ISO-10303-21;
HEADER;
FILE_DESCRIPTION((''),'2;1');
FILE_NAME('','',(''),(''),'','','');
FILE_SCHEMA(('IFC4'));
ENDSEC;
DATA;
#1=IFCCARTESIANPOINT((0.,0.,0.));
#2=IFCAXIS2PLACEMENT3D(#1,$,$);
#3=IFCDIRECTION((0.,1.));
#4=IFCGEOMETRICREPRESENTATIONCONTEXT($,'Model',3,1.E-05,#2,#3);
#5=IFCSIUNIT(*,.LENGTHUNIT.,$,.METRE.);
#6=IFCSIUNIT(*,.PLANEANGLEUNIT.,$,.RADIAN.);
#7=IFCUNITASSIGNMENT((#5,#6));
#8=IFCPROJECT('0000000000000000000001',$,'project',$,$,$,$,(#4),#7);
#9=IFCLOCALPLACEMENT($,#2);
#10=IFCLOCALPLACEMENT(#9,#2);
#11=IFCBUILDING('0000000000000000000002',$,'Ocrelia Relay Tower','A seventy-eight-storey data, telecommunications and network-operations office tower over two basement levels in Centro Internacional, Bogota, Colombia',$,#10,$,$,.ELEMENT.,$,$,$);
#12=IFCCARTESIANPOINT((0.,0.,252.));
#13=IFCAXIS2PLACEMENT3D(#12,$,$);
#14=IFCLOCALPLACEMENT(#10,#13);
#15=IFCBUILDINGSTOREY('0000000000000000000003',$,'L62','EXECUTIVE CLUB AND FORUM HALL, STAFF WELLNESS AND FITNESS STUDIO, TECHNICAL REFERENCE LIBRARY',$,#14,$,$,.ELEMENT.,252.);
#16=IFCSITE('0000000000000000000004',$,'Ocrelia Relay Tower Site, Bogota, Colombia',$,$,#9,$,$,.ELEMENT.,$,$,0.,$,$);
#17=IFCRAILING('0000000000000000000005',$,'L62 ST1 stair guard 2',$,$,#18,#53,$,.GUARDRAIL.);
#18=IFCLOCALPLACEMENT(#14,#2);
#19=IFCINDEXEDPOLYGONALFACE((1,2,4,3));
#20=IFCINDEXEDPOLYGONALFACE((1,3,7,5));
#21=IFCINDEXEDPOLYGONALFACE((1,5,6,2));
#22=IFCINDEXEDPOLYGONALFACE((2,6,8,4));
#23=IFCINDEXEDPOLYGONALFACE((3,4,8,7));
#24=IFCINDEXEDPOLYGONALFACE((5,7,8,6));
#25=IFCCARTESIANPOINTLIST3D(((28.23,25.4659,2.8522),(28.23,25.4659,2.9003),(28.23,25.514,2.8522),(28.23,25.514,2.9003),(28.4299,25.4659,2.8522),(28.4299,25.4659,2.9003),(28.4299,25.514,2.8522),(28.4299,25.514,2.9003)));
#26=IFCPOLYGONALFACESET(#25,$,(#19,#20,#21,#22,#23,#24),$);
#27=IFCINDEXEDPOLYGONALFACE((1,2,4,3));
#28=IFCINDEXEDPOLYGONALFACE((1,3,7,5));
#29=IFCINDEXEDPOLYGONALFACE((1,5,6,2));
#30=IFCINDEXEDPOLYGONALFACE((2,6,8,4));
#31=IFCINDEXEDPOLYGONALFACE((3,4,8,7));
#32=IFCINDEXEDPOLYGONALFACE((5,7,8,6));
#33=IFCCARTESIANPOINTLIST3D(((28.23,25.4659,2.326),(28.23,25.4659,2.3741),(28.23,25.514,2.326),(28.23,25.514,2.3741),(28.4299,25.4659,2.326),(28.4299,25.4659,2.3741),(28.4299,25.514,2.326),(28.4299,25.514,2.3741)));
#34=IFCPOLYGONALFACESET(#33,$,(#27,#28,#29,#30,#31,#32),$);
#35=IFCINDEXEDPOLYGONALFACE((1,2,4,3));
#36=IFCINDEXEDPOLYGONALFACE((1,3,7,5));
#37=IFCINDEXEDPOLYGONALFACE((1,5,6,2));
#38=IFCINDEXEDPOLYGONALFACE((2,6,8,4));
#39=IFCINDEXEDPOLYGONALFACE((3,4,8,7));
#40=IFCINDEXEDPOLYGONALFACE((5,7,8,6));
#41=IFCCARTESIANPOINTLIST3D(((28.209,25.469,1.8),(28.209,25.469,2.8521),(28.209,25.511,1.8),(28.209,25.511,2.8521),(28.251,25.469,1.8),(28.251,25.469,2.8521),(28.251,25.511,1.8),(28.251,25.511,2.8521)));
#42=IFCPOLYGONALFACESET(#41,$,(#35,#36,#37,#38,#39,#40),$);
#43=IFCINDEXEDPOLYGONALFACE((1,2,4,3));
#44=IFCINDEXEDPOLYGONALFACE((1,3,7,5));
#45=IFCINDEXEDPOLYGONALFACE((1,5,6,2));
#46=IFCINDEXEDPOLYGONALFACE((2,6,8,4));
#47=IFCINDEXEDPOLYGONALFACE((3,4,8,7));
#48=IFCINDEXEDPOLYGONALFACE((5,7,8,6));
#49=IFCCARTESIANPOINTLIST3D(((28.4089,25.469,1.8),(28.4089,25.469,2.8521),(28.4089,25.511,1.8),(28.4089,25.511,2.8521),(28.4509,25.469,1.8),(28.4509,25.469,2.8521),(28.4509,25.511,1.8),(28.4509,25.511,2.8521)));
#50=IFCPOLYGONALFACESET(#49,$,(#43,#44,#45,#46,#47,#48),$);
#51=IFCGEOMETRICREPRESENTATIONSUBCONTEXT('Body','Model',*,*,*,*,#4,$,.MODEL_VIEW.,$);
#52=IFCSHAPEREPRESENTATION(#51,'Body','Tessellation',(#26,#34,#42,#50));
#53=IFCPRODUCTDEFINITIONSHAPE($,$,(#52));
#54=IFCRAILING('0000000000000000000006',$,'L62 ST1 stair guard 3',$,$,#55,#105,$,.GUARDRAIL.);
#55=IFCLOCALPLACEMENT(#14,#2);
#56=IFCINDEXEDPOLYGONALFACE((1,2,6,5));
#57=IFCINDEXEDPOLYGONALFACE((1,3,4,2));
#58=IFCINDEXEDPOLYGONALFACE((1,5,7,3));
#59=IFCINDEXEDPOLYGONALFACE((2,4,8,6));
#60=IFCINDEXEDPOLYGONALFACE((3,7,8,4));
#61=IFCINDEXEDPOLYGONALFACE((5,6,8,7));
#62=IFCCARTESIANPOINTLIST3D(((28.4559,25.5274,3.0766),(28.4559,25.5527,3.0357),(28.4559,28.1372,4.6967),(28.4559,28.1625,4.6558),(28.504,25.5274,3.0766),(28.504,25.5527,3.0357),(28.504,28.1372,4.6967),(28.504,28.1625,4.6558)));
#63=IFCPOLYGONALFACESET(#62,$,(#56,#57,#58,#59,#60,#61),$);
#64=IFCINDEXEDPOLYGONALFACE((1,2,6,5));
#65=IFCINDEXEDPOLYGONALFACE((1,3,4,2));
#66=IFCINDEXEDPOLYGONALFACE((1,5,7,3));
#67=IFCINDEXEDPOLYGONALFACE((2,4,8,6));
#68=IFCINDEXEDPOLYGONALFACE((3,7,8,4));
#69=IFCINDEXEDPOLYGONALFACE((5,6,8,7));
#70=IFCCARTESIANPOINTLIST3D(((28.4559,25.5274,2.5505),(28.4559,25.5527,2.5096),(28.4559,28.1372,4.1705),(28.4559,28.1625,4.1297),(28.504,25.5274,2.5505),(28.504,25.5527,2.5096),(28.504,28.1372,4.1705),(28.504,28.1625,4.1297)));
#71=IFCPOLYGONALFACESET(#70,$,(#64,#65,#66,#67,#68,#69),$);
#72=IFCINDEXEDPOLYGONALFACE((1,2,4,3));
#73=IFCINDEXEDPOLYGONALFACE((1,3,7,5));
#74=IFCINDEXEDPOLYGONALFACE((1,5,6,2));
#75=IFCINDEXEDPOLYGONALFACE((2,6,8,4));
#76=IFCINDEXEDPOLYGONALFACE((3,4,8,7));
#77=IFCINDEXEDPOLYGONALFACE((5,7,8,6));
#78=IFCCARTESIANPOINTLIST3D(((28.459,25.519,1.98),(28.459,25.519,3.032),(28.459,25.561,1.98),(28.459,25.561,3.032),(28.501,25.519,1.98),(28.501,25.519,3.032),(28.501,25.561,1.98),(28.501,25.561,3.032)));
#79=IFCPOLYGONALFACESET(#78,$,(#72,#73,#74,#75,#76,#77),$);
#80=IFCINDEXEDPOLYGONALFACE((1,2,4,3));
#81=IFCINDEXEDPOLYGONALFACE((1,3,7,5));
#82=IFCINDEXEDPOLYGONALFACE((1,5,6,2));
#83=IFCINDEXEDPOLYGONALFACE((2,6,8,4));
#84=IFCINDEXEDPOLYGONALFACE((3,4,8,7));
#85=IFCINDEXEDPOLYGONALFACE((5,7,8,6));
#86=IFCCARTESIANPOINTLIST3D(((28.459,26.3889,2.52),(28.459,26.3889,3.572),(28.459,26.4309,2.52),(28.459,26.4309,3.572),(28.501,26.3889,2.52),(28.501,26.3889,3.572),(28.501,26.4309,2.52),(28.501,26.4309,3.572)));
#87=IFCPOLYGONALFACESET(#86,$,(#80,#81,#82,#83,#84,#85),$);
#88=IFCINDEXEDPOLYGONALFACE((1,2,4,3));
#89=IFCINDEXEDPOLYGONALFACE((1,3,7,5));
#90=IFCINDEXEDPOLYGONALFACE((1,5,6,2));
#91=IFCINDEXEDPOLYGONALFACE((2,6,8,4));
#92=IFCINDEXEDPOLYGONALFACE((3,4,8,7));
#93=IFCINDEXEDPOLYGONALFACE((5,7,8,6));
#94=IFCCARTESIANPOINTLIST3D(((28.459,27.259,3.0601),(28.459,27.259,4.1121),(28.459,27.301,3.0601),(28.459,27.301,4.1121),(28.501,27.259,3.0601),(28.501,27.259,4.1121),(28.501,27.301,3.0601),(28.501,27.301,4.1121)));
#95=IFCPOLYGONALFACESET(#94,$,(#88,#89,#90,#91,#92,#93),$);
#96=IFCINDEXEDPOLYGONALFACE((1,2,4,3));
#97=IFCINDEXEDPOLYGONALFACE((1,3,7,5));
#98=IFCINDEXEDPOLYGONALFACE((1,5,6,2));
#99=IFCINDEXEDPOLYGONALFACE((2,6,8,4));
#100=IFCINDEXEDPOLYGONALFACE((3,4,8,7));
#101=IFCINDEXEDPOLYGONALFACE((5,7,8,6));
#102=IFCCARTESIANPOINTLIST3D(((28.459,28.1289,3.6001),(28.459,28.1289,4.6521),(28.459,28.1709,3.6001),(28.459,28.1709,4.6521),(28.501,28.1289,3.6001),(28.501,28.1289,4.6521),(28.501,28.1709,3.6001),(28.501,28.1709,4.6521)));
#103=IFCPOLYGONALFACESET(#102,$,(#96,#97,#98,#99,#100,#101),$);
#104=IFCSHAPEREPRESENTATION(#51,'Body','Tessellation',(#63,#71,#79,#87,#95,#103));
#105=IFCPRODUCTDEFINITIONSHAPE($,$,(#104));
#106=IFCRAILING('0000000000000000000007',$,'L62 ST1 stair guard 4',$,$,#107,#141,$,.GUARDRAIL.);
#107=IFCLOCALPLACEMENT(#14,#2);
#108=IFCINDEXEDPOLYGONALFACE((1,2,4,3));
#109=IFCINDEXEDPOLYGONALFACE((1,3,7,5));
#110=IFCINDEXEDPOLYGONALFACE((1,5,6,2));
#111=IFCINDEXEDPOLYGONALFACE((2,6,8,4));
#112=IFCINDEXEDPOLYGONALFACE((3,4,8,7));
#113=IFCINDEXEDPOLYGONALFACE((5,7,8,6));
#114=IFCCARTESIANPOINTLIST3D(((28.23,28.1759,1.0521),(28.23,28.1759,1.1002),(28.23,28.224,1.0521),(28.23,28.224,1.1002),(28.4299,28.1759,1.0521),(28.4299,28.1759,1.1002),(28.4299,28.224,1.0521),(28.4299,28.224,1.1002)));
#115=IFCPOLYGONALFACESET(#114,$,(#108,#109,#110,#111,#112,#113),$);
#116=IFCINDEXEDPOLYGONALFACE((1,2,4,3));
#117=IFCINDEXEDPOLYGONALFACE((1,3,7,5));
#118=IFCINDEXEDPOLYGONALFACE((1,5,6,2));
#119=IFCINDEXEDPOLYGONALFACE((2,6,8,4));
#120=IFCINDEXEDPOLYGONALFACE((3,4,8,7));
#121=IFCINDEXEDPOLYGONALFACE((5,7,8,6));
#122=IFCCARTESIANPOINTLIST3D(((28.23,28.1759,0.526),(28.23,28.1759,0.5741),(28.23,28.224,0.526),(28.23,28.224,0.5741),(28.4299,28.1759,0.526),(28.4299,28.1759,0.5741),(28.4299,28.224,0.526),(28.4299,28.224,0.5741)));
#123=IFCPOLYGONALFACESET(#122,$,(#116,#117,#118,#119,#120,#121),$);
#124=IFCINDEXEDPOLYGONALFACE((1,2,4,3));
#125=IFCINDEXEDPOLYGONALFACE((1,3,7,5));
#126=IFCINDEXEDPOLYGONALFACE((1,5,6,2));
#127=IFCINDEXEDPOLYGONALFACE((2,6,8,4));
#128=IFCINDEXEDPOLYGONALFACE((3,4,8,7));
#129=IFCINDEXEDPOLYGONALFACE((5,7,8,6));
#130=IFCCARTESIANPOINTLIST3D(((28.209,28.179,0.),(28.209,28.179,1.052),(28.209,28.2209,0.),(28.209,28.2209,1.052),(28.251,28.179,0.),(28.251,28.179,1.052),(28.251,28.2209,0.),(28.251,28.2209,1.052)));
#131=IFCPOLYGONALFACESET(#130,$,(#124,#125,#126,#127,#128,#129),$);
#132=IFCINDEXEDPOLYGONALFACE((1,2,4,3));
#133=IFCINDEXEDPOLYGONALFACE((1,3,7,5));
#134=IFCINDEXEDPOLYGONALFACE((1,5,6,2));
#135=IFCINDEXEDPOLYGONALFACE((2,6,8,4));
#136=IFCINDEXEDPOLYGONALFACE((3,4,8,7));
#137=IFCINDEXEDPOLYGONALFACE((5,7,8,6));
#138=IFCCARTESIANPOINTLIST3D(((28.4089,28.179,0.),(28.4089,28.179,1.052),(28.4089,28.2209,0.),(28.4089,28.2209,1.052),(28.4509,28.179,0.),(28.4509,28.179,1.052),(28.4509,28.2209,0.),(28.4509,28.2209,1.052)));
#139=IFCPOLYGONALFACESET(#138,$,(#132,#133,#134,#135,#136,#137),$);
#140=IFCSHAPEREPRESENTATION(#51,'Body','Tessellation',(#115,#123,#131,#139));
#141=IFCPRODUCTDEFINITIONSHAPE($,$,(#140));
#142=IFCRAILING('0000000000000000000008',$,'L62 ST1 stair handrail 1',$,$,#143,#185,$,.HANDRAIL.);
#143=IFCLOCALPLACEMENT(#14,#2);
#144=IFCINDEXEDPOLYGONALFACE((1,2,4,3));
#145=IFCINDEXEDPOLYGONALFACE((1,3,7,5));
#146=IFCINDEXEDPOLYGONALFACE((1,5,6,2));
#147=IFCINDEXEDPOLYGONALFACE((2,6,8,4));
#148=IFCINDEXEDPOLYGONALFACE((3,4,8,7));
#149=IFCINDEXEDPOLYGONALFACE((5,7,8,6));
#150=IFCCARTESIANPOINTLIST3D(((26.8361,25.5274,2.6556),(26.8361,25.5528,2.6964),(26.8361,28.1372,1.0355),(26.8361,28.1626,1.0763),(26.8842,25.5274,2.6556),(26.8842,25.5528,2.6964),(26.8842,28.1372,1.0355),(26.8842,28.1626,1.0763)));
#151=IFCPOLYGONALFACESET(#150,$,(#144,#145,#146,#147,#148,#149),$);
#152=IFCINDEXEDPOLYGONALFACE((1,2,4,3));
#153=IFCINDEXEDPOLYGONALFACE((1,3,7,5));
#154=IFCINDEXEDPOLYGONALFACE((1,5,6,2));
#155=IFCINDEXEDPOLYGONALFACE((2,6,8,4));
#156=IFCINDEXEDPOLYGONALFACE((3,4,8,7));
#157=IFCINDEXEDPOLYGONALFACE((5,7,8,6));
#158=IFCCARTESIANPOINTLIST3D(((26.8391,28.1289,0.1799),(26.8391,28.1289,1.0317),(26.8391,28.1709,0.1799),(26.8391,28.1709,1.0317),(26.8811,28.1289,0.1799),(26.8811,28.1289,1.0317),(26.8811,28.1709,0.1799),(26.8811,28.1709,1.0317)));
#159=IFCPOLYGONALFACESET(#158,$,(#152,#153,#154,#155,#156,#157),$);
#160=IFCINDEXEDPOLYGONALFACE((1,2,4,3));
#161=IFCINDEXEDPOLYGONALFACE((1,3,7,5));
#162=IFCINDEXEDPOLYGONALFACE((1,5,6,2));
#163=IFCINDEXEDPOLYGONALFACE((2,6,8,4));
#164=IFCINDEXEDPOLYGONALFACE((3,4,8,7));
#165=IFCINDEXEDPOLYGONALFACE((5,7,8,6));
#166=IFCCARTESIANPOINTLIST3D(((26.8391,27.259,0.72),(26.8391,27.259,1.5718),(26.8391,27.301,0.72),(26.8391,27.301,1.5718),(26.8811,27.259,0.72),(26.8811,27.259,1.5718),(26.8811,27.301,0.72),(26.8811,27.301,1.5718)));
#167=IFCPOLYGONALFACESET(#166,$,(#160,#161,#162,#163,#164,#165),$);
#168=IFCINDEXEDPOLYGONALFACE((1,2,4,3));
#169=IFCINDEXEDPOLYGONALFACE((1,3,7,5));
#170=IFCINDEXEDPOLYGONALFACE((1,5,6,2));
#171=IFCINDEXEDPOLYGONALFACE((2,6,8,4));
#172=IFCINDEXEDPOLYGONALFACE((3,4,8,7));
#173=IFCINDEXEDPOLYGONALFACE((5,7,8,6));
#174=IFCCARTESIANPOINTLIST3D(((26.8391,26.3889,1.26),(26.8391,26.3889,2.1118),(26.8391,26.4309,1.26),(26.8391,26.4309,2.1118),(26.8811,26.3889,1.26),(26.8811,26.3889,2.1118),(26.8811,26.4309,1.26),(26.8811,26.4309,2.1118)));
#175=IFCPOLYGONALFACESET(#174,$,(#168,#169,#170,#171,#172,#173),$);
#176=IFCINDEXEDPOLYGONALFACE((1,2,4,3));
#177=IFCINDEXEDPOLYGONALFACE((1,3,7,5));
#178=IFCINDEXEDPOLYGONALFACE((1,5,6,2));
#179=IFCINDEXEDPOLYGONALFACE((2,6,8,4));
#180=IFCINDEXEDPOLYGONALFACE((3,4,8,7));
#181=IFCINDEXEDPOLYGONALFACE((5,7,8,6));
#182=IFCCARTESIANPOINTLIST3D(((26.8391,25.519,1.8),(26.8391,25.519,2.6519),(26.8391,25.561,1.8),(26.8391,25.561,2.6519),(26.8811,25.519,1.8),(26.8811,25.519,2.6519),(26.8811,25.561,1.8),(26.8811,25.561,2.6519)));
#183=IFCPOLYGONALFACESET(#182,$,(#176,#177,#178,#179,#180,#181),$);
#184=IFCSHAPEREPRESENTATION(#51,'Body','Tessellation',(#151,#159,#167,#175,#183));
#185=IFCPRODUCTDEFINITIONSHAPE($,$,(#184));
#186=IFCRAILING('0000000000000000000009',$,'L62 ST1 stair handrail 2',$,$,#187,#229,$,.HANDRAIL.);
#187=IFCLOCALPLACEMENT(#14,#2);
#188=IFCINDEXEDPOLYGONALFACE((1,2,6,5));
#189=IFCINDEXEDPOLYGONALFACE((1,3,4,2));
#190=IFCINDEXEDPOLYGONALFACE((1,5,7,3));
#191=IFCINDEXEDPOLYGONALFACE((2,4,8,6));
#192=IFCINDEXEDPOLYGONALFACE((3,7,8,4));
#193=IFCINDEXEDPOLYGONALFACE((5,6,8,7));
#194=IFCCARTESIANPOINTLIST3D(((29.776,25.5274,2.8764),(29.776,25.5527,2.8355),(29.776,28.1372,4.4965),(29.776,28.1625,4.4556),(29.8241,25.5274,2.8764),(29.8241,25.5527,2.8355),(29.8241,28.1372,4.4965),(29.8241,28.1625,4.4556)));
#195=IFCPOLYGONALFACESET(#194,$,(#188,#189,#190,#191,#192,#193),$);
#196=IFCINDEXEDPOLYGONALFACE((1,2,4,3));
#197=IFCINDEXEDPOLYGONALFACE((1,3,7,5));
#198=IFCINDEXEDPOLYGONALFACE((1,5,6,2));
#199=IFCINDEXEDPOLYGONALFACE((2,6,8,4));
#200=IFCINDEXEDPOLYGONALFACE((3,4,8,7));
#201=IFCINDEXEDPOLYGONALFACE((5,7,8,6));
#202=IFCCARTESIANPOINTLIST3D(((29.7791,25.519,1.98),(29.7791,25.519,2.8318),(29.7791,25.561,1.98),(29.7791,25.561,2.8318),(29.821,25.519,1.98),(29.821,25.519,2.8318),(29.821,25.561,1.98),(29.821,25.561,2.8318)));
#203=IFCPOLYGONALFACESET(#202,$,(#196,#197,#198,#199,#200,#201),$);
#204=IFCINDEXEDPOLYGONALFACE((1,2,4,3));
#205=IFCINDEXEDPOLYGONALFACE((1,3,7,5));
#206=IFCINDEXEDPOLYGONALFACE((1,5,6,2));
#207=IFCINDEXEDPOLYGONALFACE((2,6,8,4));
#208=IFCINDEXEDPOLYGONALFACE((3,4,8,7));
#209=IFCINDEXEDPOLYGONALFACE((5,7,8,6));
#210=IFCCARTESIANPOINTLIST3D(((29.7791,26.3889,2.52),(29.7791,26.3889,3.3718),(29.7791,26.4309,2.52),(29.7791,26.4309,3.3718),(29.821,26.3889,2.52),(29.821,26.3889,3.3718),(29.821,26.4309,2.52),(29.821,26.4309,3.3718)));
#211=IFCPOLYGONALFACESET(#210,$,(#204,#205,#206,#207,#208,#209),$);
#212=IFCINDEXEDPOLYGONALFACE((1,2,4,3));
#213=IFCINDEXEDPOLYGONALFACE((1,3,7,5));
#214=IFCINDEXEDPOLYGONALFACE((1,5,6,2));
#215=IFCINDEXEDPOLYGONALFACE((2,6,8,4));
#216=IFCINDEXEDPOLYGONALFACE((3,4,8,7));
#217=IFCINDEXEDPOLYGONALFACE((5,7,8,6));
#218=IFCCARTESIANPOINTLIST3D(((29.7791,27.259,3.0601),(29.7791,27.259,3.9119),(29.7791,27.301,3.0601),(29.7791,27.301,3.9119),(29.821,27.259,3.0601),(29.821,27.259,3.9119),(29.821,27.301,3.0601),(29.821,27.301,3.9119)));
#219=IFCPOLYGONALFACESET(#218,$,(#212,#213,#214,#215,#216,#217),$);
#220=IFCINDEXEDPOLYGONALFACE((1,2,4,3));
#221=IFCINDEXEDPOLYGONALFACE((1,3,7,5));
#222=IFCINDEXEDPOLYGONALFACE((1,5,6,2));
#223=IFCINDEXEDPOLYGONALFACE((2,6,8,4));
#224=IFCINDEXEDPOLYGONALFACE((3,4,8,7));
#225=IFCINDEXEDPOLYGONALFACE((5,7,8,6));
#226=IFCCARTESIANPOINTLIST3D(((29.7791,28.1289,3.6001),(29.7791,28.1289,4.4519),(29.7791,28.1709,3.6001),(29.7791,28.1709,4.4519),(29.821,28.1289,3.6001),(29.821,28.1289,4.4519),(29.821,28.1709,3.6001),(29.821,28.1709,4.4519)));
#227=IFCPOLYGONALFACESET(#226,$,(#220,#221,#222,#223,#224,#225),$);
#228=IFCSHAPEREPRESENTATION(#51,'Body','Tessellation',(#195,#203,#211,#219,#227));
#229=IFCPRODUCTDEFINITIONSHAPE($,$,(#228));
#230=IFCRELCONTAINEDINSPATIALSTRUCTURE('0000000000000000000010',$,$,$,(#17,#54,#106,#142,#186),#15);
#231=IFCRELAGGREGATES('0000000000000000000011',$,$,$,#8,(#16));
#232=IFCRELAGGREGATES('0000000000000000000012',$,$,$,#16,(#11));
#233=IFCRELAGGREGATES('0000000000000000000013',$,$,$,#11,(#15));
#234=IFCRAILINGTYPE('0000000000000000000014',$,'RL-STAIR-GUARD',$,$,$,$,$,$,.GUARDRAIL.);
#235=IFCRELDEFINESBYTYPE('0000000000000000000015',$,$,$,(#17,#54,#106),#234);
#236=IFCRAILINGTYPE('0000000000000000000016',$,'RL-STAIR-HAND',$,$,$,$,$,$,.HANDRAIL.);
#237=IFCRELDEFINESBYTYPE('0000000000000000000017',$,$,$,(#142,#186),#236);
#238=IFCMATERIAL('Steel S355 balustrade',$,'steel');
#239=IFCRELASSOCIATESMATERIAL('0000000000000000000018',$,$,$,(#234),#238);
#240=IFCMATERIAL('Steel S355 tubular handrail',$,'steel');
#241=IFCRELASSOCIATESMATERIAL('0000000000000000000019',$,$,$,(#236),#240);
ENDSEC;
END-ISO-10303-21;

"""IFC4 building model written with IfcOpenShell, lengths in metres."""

from ifc_helpers import new_model, si_unit, direction, frame, origin, origin_2d, place, context, subcontext, project, spatial, rectangle, extrude, material, type_object, element, save


model = new_model("IFC4")

# Units and contexts
model_context = context("Model", 3, precision=1e-05, world=origin(), true_north=direction((0.0, 1.0)))
body_context = subcontext(model_context, "Body", "Model", "MODEL_VIEW")
ifc_project = project(units=[si_unit("LENGTHUNIT", "METRE"), si_unit("PLANEANGLEUNIT", "RADIAN")], contexts=[model_context])

# Site, building, storey
site_placement = place(None, origin())
site = spatial("IfcSite", under=ifc_project, at=site_placement, Name="Ocrelia Relay Tower Site, Bogota, Colombia", CompositionType="ELEMENT", RefElevation=0.0)
building_placement = place(site_placement, origin())
building = spatial("IfcBuilding", under=site, at=building_placement, Name="Ocrelia Relay Tower", Description="A seventy-eight-storey data, telecommunications and network-operations office tower over two basement levels in Centro Internacional, Bogota, Colombia", CompositionType="ELEMENT")
storey_placement = place(building_placement, frame((0.0, 0.0, 252.0)))
storey = spatial("IfcBuildingStorey", under=building, at=storey_placement, Name="L62", Description="EXECUTIVE CLUB AND FORUM HALL, STAFF WELLNESS AND FITNESS STUDIO, TECHNICAL REFERENCE LIBRARY", CompositionType="ELEMENT", Elevation=252.0)

# Railings
ifc_material_1 = material(Name="Steel S355 balustrade", Category="steel")
railing_type_1 = type_object("IfcRailingType", Name="RL-STAIR-GUARD", PredefinedType="GUARDRAIL", material=ifc_material_1)
railing_1_placement = place(storey_placement, frame((28.23, 25.49, 1.8)))
element("IfcRailing", 1, at=railing_1_placement, inside=storey, type_object=railing_type_1, Name="L62 ST1 stair guard 2", PredefinedType="GUARDRAIL", context=body_context, shape_type="SweptSolid", body=[
    extrude(rectangle(XDim=0.0481, YDim=0.0481, at=origin_2d()), frame((0.0, 0.0, 1.0762), z_axis=(1.0, 0.0, 0.0), x_axis=(0.0, 1.0, 0.0)), (0.0, 0.0, 1.0), 0.2),
    extrude(rectangle(XDim=0.0481, YDim=0.0481, at=origin_2d()), frame((0.0, 0.0, 0.55), z_axis=(1.0, 0.0, 0.0), x_axis=(0.0, 1.0, 0.0)), (0.0, 0.0, 1.0), 0.2),
    extrude(rectangle(XDim=0.042, YDim=0.042, at=origin_2d()), origin(), (0.0, 0.0, 1.0), 1.052),
    extrude(rectangle(XDim=0.042, YDim=0.042, at=origin_2d()), frame((0.2, 0.0, 0.0)), (0.0, 0.0, 1.0), 1.052),
])
railing_2_placement = place(storey_placement, frame((28.48, 25.54, 1.98)))
element("IfcRailing", 2, at=railing_2_placement, inside=storey, type_object=railing_type_1, Name="L62 ST1 stair guard 3", PredefinedType="GUARDRAIL", context=body_context, shape_type="SweptSolid", body=[
    extrude(rectangle(XDim=0.0481, YDim=0.0481, at=origin_2d()), frame((0.0, 0.0, 1.0762), z_axis=(0.0, 0.849611, 0.52741), x_axis=(-1.0, 0.0, 0.0)), (0.0, 0.0, 1.0), 3.0718),
    extrude(rectangle(XDim=0.0481, YDim=0.0481, at=origin_2d()), frame((0.0, 0.0, 0.55), z_axis=(0.0, 0.849611, 0.52741), x_axis=(-1.0, 0.0, 0.0)), (0.0, 0.0, 1.0), 3.0718),
    extrude(rectangle(XDim=0.042, YDim=0.042, at=origin_2d()), origin(), (0.0, 0.0, 1.0), 1.052),
    extrude(rectangle(XDim=0.042, YDim=0.042, at=origin_2d()), frame((0.0, 0.8699, 0.54)), (0.0, 0.0, 1.0), 1.052),
    extrude(rectangle(XDim=0.042, YDim=0.042, at=origin_2d()), frame((0.0, 1.74, 1.0801)), (0.0, 0.0, 1.0), 1.052),
    extrude(rectangle(XDim=0.042, YDim=0.042, at=origin_2d()), frame((0.0, 2.6099, 1.6201)), (0.0, 0.0, 1.0), 1.052),
])
railing_3_placement = place(storey_placement, frame((28.23, 28.2, 0.0)))
element("IfcRailing", 3, at=railing_3_placement, inside=storey, type_object=railing_type_1, Name="L62 ST1 stair guard 4", PredefinedType="GUARDRAIL", context=body_context, shape_type="SweptSolid", body=[
    extrude(rectangle(XDim=0.0481, YDim=0.0481, at=origin_2d()), frame((0.0, 0.0, 1.0762), z_axis=(1.0, 0.0, 0.0), x_axis=(0.0, 1.0, 0.0)), (0.0, 0.0, 1.0), 0.2),
    extrude(rectangle(XDim=0.0481, YDim=0.0481, at=origin_2d()), frame((0.0, 0.0, 0.55), z_axis=(1.0, 0.0, 0.0), x_axis=(0.0, 1.0, 0.0)), (0.0, 0.0, 1.0), 0.2),
    extrude(rectangle(XDim=0.042, YDim=0.042, at=origin_2d()), origin(), (0.0, 0.0, 1.0), 1.052),
    extrude(rectangle(XDim=0.042, YDim=0.042, at=origin_2d()), frame((0.2, 0.0, 0.0)), (0.0, 0.0, 1.0), 1.052),
])
ifc_material_2 = material(Name="Steel S355 tubular handrail", Category="steel")
railing_type_2 = type_object("IfcRailingType", Name="RL-STAIR-HAND", PredefinedType="HANDRAIL", material=ifc_material_2)
railing_4_placement = place(storey_placement, frame((26.8601, 28.1499, 0.1799)))
element("IfcRailing", 4, at=railing_4_placement, inside=storey, type_object=railing_type_2, Name="L62 ST1 stair handrail 1", PredefinedType="HANDRAIL", context=body_context, shape_type="SweptSolid", body=[
    extrude(rectangle(XDim=0.0481, YDim=0.0481, at=origin_2d()), frame((0.0, 0.0, 0.876), z_axis=(0.0, -0.849611, 0.52741), x_axis=(1.0, 0.0, 0.0)), (0.0, 0.0, 1.0), 3.0718),
    extrude(rectangle(XDim=0.042, YDim=0.042, at=origin_2d()), origin(), (0.0, 0.0, 1.0), 0.8518),
    extrude(rectangle(XDim=0.042, YDim=0.042, at=origin_2d()), frame((0.0, -0.8699, 0.54)), (0.0, 0.0, 1.0), 0.8518),
    extrude(rectangle(XDim=0.042, YDim=0.042, at=origin_2d()), frame((0.0, -1.74, 1.0801)), (0.0, 0.0, 1.0), 0.8518),
    extrude(rectangle(XDim=0.042, YDim=0.042, at=origin_2d()), frame((0.0, -2.6099, 1.6201)), (0.0, 0.0, 1.0), 0.8518),
])
railing_5_placement = place(storey_placement, frame((29.8, 25.54, 1.98)))
element("IfcRailing", 5, at=railing_5_placement, inside=storey, type_object=railing_type_2, Name="L62 ST1 stair handrail 2", PredefinedType="HANDRAIL", context=body_context, shape_type="SweptSolid", body=[
    extrude(rectangle(XDim=0.0481, YDim=0.0481, at=origin_2d()), frame((0.0, 0.0, 0.876), z_axis=(0.0, 0.849611, 0.52741), x_axis=(-1.0, 0.0, 0.0)), (0.0, 0.0, 1.0), 3.0718),
    extrude(rectangle(XDim=0.042, YDim=0.042, at=origin_2d()), origin(), (0.0, 0.0, 1.0), 0.8518),
    extrude(rectangle(XDim=0.042, YDim=0.042, at=origin_2d()), frame((0.0, 0.8699, 0.54)), (0.0, 0.0, 1.0), 0.8518),
    extrude(rectangle(XDim=0.042, YDim=0.042, at=origin_2d()), frame((0.0, 1.74, 1.0801)), (0.0, 0.0, 1.0), 0.8518),
    extrude(rectangle(XDim=0.042, YDim=0.042, at=origin_2d()), frame((0.0, 2.6099, 1.6201)), (0.0, 0.0, 1.0), 0.8518),
])

save(model, "model.ifc")
